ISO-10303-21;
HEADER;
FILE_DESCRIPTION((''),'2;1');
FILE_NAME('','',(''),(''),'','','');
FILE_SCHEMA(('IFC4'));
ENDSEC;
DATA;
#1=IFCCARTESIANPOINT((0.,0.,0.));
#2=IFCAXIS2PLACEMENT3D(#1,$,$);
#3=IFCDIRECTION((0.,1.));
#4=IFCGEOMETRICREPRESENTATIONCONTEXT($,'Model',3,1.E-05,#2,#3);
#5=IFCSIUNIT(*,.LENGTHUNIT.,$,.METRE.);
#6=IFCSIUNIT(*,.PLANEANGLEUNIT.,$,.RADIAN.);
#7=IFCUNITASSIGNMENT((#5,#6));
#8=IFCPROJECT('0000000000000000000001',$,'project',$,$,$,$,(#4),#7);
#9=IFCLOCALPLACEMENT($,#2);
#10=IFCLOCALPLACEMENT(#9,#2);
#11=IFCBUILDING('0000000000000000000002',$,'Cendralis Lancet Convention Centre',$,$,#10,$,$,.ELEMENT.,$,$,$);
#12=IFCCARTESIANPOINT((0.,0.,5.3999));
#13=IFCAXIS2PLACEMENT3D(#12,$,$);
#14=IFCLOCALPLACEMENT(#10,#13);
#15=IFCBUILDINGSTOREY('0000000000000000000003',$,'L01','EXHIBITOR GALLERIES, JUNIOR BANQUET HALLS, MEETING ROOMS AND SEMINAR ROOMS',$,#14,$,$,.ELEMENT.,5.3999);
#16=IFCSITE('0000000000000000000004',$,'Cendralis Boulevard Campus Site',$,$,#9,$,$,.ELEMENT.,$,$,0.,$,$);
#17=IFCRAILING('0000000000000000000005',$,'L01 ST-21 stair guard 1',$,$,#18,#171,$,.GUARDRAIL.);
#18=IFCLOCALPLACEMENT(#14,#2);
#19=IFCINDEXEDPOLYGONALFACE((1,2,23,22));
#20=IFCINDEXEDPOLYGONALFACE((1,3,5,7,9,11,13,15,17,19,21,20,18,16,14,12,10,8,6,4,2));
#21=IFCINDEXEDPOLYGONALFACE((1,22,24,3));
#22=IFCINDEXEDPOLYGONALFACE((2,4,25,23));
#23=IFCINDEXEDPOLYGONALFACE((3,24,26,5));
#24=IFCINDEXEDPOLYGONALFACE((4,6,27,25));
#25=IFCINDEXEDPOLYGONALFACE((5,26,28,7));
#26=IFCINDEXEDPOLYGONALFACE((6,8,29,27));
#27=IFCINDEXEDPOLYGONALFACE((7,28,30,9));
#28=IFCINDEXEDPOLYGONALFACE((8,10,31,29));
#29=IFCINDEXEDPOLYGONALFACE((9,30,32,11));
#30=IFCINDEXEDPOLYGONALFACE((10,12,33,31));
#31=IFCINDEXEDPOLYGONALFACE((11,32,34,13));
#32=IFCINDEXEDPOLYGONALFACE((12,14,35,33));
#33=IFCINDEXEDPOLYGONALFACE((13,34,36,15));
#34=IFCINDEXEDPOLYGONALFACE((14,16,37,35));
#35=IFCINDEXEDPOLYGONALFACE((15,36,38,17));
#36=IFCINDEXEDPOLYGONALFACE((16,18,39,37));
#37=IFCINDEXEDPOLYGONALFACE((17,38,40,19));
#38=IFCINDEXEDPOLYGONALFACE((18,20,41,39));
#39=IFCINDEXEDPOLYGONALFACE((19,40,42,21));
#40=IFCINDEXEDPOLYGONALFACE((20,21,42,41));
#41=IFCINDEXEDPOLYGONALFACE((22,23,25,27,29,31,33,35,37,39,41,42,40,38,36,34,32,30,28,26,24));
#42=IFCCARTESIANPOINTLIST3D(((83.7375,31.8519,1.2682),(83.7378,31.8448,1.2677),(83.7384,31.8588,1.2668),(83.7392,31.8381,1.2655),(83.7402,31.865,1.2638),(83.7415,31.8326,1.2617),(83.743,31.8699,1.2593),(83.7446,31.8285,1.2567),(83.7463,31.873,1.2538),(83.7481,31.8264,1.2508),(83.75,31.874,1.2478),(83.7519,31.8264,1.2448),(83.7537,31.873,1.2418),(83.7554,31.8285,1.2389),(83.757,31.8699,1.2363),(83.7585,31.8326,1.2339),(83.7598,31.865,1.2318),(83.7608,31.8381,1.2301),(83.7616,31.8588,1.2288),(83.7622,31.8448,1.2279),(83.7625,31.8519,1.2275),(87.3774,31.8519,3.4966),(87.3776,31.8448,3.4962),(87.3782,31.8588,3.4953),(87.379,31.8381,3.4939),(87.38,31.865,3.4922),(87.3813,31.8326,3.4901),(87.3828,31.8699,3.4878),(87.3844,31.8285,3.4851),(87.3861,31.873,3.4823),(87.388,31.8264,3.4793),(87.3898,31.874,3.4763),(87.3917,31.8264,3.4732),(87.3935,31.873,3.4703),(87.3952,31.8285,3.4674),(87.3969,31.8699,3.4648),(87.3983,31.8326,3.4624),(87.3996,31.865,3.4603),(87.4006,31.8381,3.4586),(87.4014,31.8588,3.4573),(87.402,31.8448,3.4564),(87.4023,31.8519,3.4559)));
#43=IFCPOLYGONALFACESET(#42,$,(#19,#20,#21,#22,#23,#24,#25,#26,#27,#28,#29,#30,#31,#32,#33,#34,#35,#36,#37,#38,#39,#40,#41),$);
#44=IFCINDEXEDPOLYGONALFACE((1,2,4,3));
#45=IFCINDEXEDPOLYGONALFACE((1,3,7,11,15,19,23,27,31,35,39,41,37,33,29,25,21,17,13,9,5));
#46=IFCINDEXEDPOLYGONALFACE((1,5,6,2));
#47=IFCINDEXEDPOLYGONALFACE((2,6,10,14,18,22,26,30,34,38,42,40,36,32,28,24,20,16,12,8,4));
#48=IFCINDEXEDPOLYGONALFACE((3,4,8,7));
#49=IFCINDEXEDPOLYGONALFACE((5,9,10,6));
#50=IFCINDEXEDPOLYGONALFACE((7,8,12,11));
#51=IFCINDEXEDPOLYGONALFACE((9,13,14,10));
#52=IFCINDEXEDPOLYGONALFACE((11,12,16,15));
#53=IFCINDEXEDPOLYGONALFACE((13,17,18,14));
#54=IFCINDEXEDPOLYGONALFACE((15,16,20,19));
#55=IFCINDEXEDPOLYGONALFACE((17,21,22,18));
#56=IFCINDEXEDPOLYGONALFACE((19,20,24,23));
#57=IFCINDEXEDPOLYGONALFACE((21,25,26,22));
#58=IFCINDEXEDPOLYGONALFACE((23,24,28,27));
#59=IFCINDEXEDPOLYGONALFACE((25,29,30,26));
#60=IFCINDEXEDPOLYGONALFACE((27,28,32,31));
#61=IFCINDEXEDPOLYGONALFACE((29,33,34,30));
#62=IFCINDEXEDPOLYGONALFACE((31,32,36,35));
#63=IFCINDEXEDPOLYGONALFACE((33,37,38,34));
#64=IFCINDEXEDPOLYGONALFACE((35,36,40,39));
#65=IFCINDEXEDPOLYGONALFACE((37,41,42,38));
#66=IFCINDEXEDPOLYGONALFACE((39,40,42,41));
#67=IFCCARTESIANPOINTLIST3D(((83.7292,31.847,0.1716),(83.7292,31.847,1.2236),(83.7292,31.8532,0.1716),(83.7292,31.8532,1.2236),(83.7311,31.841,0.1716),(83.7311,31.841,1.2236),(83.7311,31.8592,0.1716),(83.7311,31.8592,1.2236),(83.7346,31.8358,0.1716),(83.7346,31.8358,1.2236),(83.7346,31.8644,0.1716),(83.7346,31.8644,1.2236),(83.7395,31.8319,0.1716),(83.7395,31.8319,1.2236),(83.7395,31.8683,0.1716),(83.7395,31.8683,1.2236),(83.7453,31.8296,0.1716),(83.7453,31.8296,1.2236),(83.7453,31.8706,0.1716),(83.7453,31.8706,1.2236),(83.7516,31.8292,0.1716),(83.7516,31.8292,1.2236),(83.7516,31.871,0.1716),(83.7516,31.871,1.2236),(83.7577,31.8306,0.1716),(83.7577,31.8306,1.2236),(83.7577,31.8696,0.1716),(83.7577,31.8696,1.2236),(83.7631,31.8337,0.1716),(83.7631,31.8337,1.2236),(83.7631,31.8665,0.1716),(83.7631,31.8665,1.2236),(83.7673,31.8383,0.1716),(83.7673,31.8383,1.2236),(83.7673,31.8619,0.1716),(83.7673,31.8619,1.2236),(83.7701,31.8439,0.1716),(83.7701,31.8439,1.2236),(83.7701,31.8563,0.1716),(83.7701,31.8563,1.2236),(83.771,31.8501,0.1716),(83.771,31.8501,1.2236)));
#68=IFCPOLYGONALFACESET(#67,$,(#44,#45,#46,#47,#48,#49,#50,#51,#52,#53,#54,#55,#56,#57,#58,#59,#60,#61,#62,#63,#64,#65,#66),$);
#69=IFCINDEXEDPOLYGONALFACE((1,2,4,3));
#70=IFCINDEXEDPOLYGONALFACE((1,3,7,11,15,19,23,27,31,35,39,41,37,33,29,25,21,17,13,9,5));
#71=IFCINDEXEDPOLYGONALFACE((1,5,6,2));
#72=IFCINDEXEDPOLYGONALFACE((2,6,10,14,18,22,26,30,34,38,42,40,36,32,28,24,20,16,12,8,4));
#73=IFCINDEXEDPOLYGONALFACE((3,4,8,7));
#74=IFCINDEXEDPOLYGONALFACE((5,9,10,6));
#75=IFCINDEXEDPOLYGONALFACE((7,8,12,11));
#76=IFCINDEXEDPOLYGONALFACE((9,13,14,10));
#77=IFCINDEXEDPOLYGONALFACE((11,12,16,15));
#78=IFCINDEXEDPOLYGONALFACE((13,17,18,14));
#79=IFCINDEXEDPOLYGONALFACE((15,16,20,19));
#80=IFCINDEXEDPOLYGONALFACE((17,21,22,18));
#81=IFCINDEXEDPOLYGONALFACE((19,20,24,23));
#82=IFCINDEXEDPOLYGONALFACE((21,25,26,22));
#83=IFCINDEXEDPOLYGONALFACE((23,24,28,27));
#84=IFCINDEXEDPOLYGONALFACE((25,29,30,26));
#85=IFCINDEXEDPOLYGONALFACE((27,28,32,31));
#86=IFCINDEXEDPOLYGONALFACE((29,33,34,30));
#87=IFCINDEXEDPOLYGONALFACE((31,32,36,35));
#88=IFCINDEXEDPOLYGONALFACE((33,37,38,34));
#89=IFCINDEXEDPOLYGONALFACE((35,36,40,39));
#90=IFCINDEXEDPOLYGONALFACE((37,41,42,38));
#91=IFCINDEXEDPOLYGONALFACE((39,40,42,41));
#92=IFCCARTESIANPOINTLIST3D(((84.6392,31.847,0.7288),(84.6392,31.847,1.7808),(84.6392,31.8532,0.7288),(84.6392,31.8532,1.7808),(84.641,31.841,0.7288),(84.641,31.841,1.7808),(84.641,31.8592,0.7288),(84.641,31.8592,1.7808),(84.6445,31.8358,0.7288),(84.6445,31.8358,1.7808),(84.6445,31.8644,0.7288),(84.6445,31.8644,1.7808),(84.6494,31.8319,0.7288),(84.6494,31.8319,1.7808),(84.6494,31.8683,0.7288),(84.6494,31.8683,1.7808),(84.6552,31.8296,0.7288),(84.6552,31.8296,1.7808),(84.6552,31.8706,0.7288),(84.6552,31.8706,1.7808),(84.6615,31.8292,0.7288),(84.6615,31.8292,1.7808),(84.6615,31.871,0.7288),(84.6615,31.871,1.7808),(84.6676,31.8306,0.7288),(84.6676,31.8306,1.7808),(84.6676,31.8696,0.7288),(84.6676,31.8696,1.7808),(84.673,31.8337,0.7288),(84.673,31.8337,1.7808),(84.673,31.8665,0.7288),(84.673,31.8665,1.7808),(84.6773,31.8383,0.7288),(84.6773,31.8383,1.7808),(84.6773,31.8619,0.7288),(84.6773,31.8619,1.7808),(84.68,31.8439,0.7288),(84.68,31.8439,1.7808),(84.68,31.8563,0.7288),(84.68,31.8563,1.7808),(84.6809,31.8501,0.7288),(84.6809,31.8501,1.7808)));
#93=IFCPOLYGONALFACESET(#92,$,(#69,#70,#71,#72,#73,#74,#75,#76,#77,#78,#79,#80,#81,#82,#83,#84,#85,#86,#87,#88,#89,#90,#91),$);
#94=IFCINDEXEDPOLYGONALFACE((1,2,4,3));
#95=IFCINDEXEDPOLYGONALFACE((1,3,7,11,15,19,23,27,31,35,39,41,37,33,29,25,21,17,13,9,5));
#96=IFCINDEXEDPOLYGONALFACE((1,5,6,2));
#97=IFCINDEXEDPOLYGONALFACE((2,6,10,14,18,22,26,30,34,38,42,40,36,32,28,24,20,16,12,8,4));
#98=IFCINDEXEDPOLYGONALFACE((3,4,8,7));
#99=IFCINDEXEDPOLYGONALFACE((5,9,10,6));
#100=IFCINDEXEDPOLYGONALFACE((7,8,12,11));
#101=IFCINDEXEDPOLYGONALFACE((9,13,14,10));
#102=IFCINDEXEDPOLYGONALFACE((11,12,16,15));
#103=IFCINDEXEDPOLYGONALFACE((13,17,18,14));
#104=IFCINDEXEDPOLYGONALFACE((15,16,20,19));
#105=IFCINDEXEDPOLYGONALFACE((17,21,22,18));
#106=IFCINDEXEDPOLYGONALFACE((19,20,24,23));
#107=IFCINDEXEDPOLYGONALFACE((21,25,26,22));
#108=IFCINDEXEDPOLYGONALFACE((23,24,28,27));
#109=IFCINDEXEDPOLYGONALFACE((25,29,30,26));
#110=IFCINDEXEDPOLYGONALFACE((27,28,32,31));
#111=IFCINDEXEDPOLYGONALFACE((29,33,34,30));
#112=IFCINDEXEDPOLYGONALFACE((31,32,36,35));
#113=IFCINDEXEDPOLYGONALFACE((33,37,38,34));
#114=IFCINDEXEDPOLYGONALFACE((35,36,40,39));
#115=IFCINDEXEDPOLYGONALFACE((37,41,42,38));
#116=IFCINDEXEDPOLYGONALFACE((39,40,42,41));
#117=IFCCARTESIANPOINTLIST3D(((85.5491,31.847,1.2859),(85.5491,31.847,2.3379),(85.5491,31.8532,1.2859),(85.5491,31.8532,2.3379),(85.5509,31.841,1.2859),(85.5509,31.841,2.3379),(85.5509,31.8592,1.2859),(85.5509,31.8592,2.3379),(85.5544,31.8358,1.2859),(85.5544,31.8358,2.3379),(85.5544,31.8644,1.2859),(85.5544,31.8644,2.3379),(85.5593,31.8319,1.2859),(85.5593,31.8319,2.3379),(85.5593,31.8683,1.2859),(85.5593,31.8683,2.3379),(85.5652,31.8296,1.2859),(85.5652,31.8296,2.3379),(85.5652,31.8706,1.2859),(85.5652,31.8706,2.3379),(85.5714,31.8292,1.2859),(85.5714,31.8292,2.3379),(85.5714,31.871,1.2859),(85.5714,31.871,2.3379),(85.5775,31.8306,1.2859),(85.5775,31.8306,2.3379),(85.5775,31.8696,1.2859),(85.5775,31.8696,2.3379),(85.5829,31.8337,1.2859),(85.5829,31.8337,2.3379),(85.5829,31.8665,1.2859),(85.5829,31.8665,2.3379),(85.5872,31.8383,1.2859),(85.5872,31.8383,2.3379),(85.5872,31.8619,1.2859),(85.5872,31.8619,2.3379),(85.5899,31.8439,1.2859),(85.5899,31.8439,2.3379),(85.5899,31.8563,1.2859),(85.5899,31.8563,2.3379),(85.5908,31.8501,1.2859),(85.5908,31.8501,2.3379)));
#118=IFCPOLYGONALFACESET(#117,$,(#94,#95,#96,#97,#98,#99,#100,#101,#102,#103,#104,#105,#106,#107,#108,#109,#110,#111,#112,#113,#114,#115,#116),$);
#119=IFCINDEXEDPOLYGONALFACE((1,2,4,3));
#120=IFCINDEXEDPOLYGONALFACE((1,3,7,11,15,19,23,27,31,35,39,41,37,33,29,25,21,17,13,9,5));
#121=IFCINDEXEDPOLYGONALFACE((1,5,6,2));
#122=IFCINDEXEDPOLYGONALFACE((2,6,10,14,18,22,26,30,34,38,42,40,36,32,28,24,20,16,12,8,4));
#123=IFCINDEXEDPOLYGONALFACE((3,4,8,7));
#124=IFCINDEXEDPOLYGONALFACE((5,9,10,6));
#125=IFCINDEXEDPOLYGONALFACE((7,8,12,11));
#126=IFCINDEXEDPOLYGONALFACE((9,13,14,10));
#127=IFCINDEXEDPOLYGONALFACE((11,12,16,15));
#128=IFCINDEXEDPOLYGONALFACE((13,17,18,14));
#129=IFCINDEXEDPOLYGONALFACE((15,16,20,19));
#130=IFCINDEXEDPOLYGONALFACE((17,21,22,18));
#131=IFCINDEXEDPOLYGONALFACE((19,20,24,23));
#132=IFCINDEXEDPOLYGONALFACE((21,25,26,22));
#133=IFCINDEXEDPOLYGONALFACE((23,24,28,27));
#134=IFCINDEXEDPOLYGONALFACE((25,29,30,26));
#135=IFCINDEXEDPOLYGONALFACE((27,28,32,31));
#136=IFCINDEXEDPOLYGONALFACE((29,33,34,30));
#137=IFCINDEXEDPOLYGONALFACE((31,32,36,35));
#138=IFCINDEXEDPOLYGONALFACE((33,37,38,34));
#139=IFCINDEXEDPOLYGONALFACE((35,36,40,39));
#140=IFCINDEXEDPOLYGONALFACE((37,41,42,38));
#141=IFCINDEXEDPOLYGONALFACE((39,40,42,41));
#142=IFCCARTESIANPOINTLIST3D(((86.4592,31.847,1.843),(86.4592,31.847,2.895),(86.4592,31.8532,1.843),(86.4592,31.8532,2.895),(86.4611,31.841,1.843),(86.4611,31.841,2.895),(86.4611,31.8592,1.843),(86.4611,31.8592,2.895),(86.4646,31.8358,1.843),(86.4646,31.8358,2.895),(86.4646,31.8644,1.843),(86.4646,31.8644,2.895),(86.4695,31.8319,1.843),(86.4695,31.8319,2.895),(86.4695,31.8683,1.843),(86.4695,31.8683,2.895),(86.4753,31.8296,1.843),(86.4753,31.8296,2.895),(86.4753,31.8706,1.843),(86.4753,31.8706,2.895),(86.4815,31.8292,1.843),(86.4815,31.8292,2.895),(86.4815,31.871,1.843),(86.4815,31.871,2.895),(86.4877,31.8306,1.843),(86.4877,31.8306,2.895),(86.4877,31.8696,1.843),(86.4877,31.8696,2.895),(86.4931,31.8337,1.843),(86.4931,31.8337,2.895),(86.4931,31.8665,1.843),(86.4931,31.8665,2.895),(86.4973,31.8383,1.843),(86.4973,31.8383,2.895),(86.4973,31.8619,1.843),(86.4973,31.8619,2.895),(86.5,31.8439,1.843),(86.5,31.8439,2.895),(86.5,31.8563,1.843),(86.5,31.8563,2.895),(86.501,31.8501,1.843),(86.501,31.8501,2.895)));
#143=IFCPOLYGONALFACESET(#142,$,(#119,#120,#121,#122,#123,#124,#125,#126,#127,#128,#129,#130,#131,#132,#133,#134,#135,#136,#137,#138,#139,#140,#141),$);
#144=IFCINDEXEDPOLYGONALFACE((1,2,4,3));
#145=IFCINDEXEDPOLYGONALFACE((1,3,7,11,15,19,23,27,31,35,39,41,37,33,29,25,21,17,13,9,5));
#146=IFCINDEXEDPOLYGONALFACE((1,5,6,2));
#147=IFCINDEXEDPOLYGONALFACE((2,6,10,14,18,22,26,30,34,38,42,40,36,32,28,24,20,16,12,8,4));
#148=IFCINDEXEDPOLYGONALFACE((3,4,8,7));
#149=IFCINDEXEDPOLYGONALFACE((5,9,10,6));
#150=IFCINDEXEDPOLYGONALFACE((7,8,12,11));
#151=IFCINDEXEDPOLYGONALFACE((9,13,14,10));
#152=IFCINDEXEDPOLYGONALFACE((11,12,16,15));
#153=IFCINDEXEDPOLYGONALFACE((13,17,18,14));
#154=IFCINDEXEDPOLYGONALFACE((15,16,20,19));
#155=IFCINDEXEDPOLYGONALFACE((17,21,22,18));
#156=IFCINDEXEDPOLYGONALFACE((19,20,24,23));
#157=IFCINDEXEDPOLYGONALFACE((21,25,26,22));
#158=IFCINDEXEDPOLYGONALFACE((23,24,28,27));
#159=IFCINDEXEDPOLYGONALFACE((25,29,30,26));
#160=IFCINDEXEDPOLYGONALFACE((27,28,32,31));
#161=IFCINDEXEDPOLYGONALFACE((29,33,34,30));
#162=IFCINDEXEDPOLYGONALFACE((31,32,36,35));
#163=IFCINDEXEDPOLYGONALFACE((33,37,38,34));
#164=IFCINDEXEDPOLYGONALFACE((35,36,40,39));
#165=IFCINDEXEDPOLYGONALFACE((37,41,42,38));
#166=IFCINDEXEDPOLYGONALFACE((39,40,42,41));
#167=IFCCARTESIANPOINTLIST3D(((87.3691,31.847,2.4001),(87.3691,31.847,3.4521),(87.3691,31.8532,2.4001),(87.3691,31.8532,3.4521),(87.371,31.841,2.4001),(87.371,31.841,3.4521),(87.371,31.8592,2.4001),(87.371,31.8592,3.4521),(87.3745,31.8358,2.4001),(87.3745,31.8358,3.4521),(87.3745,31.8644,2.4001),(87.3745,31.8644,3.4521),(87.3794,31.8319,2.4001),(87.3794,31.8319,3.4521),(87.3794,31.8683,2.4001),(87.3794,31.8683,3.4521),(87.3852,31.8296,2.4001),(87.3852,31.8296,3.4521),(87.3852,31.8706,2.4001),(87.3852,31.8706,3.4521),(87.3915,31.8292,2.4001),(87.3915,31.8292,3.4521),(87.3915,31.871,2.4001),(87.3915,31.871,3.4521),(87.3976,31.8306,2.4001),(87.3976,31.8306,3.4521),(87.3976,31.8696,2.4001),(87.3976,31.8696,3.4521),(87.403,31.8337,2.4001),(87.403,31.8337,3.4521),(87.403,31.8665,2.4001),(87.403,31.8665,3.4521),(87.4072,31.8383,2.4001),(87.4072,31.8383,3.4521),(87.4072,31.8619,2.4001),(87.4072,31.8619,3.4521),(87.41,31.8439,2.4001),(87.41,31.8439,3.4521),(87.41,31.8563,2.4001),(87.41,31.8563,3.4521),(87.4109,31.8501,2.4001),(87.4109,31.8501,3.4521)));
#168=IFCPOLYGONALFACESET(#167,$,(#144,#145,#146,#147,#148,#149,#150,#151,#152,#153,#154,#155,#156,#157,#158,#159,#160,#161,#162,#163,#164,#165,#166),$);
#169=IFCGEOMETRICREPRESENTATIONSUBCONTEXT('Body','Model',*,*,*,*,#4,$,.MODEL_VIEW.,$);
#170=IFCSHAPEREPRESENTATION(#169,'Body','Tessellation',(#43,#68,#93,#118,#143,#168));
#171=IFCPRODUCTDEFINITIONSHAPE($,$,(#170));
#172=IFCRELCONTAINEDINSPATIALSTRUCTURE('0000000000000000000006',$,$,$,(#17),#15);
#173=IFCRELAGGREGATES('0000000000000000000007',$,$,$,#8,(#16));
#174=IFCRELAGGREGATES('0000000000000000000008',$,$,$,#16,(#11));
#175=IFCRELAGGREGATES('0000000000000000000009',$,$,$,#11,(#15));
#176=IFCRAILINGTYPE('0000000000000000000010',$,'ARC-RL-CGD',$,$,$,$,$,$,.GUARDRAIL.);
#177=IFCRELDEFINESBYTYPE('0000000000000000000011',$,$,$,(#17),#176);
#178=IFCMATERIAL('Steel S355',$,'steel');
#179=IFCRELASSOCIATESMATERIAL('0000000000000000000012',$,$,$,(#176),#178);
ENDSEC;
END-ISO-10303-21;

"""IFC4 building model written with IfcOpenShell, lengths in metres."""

from ifc_helpers import new_model, si_unit, direction, frame, origin, origin_2d, place, context, subcontext, project, spatial, circle, extrude, material, type_object, element, save


model = new_model("IFC4")

# Units and contexts
model_context = context("Model", 3, precision=1e-05, world=origin(), true_north=direction((0.0, 1.0)))
body_context = subcontext(model_context, "Body", "Model", "MODEL_VIEW")
ifc_project = project(units=[si_unit("LENGTHUNIT", "METRE"), si_unit("PLANEANGLEUNIT", "RADIAN")], contexts=[model_context])

# Site, building, storey
site_placement = place(None, origin())
site = spatial("IfcSite", under=ifc_project, at=site_placement, Name="Cendralis Boulevard Campus Site", CompositionType="ELEMENT", RefElevation=0.0)
building_placement = place(site_placement, origin())
building = spatial("IfcBuilding", under=site, at=building_placement, Name="Cendralis Lancet Convention Centre", CompositionType="ELEMENT")
storey_placement = place(building_placement, frame((0.0, 0.0, 5.3999)))
storey = spatial("IfcBuildingStorey", under=building, at=storey_placement, Name="L01", Description="EXHIBITOR GALLERIES, JUNIOR BANQUET HALLS, MEETING ROOMS AND SEMINAR ROOMS", CompositionType="ELEMENT", Elevation=5.3999)

# Shared definitions
ifc_material_1 = material(Name="Steel S355", Category="steel")

# Railing
railing_type_1 = type_object("IfcRailingType", Name="ARC-RL-CGD", PredefinedType="GUARDRAIL", material=ifc_material_1)
railing_1_placement = place(storey_placement, frame((83.75, 31.8501, 0.1716)))
element("IfcRailing", 1, at=railing_1_placement, inside=storey, type_object=railing_type_1, Name="L01 ST-21 stair guard 1", PredefinedType="GUARDRAIL", context=body_context, shape_type="SweptSolid", body=[
    extrude(circle(Radius=0.0239, at=origin_2d()), frame((0.0, 0.0, 1.0762), z_axis=(0.85285, 0.0, 0.522156), x_axis=(0.0, 1.0, 0.0)), (0.0, 0.0, 1.0), 4.2678),
    extrude(circle(Radius=0.021, at=origin_2d()), origin(), (0.0, 0.0, 1.0), 1.052),
    extrude(circle(Radius=0.021, at=origin_2d()), frame((0.9099, 0.0, 0.5571)), (0.0, 0.0, 1.0), 1.052),
    extrude(circle(Radius=0.021, at=origin_2d()), frame((1.8198, 0.0, 1.1143)), (0.0, 0.0, 1.0), 1.052),
    extrude(circle(Radius=0.021, at=origin_2d()), frame((2.73, 0.0, 1.6714)), (0.0, 0.0, 1.0), 1.052),
    extrude(circle(Radius=0.021, at=origin_2d()), frame((3.6399, 0.0, 2.2285)), (0.0, 0.0, 1.0), 1.052),
])

save(model, "model.ifc")
